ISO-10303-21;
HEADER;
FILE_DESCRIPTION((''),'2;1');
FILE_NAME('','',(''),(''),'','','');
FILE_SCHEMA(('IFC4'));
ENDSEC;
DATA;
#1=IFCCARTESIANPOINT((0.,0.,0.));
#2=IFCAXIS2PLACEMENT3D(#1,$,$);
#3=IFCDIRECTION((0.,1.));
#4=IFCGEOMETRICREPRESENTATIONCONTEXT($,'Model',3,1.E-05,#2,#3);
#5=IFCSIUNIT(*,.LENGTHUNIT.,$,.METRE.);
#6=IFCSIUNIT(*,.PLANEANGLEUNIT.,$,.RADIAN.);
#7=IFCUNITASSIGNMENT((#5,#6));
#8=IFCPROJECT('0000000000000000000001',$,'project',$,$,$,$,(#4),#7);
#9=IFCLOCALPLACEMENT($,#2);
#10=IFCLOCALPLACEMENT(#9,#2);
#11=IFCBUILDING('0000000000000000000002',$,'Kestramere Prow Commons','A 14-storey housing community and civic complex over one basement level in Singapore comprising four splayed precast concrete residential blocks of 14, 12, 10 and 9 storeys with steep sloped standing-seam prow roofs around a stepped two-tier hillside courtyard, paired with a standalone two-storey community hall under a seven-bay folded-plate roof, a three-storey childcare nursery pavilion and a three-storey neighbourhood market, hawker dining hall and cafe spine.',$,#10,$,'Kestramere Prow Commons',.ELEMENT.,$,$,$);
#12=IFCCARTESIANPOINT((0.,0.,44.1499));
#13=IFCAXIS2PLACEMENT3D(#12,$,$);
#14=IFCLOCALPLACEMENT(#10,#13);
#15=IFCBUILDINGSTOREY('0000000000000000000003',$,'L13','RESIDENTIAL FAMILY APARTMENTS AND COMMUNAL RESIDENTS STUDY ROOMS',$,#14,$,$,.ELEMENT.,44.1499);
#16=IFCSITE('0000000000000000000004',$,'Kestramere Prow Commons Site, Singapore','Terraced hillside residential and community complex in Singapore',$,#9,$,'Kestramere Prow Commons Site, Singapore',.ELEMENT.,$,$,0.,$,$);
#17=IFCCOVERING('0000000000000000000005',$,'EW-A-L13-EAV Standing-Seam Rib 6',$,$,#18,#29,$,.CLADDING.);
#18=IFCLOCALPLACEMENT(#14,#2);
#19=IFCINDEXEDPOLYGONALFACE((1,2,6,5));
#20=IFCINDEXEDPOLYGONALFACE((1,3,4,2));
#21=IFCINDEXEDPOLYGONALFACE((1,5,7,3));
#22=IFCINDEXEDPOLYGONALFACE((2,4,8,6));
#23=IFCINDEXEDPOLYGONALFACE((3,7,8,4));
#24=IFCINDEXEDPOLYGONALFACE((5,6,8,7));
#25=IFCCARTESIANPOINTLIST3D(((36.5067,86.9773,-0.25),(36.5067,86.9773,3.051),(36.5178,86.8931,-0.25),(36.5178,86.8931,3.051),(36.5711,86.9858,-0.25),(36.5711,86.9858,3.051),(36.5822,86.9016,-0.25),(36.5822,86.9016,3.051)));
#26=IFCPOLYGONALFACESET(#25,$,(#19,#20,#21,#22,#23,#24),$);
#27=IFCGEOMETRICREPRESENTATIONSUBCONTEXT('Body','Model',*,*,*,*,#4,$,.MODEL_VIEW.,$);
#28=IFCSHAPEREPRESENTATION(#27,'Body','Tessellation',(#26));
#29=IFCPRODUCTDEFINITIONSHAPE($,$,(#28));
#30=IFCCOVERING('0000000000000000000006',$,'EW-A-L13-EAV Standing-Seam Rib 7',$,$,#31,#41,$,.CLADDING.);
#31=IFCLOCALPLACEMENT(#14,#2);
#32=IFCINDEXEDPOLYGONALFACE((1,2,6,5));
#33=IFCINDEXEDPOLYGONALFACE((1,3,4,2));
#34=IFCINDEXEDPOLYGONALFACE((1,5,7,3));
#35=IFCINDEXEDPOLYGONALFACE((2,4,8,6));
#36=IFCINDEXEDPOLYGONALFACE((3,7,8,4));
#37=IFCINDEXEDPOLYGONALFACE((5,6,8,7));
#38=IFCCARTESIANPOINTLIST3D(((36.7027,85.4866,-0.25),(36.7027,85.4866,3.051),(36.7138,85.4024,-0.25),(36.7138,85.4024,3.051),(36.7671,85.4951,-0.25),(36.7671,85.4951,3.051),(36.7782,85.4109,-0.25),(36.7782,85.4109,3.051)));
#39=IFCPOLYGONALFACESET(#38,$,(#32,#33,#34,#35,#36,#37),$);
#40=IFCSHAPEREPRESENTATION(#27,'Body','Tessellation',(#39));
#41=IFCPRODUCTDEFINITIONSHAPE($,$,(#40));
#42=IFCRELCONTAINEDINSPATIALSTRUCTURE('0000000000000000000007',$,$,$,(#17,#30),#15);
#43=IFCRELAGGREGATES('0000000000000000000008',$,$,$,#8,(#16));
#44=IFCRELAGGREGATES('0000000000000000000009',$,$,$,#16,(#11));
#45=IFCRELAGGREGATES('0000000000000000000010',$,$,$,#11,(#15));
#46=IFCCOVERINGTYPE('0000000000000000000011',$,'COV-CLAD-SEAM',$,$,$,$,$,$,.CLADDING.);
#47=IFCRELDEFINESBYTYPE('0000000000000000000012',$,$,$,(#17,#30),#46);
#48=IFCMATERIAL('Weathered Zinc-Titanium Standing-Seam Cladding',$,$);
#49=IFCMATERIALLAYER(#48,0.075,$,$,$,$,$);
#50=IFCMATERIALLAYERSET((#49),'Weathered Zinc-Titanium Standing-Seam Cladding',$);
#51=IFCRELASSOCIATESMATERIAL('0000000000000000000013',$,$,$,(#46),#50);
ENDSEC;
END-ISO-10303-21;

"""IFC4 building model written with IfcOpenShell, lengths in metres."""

from ifc_helpers import new_model, si_unit, direction, frame, origin, origin_2d, place, context, subcontext, project, spatial, rectangle, extrude, material, layer, layer_set, type_object, element, save


model = new_model("IFC4")

# Units and contexts
model_context = context("Model", 3, precision=1e-05, world=origin(), true_north=direction((0.0, 1.0)))
body_context = subcontext(model_context, "Body", "Model", "MODEL_VIEW")
ifc_project = project(units=[si_unit("LENGTHUNIT", "METRE"), si_unit("PLANEANGLEUNIT", "RADIAN")], contexts=[model_context])

# Site, building, storey
site_placement = place(None, origin())
site = spatial("IfcSite", under=ifc_project, at=site_placement, Name="Kestramere Prow Commons Site, Singapore", Description="Terraced hillside residential and community complex in Singapore", LongName="Kestramere Prow Commons Site, Singapore", CompositionType="ELEMENT", RefElevation=0.0)
building_placement = place(site_placement, origin())
building = spatial("IfcBuilding", under=site, at=building_placement, Name="Kestramere Prow Commons", Description="A 14-storey housing community and civic complex over one basement level in Singapore comprising four splayed precast concrete residential blocks of 14, 12, 10 and 9 storeys with steep sloped standing-seam prow roofs around a stepped two-tier hillside courtyard, paired with a standalone two-storey community hall under a seven-bay folded-plate roof, a three-storey childcare nursery pavilion and a three-storey neighbourhood market, hawker dining hall and cafe spine.", LongName="Kestramere Prow Commons", CompositionType="ELEMENT")
storey_placement = place(building_placement, frame((0.0, 0.0, 44.1499)))
storey = spatial("IfcBuildingStorey", under=building, at=storey_placement, Name="L13", Description="RESIDENTIAL FAMILY APARTMENTS AND COMMUNAL RESIDENTS STUDY ROOMS", CompositionType="ELEMENT", Elevation=44.1499)

# Coverings
ifc_material_1 = material(Name="Weathered Zinc-Titanium Standing-Seam Cladding")
ifc_layer_1 = layer(ifc_material_1, 0.075)
ifc_layer_set_1 = layer_set([ifc_layer_1], Name="Weathered Zinc-Titanium Standing-Seam Cladding")
covering_type = type_object("IfcCoveringType", Name="COV-CLAD-SEAM", PredefinedType="CLADDING", material=ifc_layer_set_1)
for number, where, z_axis, x_axis, name in (
    (1, (36.5444, 86.9395, -0.25), (0.0, 0.0, 1.0), (0.130526, -0.991445, 0.0), "EW-A-L13-EAV Standing-Seam Rib 6"),
    (2, (36.7405, 85.4487, -0.25), (0.0, 0.0, 1.0), (0.130526, -0.991445, 0.0), "EW-A-L13-EAV Standing-Seam Rib 7"),
):
    element("IfcCovering", number, at=place(storey_placement, frame(where, z_axis=z_axis, x_axis=x_axis)), inside=storey, type_object=covering_type, Name=name, PredefinedType="CLADDING", context=body_context, shape_type="SweptSolid", body=[
        extrude(rectangle(XDim=0.085, YDim=0.0649, at=origin_2d()), origin(), (0.0, 0.0, 1.0), 3.301),
    ])

save(model, "model.ifc")
